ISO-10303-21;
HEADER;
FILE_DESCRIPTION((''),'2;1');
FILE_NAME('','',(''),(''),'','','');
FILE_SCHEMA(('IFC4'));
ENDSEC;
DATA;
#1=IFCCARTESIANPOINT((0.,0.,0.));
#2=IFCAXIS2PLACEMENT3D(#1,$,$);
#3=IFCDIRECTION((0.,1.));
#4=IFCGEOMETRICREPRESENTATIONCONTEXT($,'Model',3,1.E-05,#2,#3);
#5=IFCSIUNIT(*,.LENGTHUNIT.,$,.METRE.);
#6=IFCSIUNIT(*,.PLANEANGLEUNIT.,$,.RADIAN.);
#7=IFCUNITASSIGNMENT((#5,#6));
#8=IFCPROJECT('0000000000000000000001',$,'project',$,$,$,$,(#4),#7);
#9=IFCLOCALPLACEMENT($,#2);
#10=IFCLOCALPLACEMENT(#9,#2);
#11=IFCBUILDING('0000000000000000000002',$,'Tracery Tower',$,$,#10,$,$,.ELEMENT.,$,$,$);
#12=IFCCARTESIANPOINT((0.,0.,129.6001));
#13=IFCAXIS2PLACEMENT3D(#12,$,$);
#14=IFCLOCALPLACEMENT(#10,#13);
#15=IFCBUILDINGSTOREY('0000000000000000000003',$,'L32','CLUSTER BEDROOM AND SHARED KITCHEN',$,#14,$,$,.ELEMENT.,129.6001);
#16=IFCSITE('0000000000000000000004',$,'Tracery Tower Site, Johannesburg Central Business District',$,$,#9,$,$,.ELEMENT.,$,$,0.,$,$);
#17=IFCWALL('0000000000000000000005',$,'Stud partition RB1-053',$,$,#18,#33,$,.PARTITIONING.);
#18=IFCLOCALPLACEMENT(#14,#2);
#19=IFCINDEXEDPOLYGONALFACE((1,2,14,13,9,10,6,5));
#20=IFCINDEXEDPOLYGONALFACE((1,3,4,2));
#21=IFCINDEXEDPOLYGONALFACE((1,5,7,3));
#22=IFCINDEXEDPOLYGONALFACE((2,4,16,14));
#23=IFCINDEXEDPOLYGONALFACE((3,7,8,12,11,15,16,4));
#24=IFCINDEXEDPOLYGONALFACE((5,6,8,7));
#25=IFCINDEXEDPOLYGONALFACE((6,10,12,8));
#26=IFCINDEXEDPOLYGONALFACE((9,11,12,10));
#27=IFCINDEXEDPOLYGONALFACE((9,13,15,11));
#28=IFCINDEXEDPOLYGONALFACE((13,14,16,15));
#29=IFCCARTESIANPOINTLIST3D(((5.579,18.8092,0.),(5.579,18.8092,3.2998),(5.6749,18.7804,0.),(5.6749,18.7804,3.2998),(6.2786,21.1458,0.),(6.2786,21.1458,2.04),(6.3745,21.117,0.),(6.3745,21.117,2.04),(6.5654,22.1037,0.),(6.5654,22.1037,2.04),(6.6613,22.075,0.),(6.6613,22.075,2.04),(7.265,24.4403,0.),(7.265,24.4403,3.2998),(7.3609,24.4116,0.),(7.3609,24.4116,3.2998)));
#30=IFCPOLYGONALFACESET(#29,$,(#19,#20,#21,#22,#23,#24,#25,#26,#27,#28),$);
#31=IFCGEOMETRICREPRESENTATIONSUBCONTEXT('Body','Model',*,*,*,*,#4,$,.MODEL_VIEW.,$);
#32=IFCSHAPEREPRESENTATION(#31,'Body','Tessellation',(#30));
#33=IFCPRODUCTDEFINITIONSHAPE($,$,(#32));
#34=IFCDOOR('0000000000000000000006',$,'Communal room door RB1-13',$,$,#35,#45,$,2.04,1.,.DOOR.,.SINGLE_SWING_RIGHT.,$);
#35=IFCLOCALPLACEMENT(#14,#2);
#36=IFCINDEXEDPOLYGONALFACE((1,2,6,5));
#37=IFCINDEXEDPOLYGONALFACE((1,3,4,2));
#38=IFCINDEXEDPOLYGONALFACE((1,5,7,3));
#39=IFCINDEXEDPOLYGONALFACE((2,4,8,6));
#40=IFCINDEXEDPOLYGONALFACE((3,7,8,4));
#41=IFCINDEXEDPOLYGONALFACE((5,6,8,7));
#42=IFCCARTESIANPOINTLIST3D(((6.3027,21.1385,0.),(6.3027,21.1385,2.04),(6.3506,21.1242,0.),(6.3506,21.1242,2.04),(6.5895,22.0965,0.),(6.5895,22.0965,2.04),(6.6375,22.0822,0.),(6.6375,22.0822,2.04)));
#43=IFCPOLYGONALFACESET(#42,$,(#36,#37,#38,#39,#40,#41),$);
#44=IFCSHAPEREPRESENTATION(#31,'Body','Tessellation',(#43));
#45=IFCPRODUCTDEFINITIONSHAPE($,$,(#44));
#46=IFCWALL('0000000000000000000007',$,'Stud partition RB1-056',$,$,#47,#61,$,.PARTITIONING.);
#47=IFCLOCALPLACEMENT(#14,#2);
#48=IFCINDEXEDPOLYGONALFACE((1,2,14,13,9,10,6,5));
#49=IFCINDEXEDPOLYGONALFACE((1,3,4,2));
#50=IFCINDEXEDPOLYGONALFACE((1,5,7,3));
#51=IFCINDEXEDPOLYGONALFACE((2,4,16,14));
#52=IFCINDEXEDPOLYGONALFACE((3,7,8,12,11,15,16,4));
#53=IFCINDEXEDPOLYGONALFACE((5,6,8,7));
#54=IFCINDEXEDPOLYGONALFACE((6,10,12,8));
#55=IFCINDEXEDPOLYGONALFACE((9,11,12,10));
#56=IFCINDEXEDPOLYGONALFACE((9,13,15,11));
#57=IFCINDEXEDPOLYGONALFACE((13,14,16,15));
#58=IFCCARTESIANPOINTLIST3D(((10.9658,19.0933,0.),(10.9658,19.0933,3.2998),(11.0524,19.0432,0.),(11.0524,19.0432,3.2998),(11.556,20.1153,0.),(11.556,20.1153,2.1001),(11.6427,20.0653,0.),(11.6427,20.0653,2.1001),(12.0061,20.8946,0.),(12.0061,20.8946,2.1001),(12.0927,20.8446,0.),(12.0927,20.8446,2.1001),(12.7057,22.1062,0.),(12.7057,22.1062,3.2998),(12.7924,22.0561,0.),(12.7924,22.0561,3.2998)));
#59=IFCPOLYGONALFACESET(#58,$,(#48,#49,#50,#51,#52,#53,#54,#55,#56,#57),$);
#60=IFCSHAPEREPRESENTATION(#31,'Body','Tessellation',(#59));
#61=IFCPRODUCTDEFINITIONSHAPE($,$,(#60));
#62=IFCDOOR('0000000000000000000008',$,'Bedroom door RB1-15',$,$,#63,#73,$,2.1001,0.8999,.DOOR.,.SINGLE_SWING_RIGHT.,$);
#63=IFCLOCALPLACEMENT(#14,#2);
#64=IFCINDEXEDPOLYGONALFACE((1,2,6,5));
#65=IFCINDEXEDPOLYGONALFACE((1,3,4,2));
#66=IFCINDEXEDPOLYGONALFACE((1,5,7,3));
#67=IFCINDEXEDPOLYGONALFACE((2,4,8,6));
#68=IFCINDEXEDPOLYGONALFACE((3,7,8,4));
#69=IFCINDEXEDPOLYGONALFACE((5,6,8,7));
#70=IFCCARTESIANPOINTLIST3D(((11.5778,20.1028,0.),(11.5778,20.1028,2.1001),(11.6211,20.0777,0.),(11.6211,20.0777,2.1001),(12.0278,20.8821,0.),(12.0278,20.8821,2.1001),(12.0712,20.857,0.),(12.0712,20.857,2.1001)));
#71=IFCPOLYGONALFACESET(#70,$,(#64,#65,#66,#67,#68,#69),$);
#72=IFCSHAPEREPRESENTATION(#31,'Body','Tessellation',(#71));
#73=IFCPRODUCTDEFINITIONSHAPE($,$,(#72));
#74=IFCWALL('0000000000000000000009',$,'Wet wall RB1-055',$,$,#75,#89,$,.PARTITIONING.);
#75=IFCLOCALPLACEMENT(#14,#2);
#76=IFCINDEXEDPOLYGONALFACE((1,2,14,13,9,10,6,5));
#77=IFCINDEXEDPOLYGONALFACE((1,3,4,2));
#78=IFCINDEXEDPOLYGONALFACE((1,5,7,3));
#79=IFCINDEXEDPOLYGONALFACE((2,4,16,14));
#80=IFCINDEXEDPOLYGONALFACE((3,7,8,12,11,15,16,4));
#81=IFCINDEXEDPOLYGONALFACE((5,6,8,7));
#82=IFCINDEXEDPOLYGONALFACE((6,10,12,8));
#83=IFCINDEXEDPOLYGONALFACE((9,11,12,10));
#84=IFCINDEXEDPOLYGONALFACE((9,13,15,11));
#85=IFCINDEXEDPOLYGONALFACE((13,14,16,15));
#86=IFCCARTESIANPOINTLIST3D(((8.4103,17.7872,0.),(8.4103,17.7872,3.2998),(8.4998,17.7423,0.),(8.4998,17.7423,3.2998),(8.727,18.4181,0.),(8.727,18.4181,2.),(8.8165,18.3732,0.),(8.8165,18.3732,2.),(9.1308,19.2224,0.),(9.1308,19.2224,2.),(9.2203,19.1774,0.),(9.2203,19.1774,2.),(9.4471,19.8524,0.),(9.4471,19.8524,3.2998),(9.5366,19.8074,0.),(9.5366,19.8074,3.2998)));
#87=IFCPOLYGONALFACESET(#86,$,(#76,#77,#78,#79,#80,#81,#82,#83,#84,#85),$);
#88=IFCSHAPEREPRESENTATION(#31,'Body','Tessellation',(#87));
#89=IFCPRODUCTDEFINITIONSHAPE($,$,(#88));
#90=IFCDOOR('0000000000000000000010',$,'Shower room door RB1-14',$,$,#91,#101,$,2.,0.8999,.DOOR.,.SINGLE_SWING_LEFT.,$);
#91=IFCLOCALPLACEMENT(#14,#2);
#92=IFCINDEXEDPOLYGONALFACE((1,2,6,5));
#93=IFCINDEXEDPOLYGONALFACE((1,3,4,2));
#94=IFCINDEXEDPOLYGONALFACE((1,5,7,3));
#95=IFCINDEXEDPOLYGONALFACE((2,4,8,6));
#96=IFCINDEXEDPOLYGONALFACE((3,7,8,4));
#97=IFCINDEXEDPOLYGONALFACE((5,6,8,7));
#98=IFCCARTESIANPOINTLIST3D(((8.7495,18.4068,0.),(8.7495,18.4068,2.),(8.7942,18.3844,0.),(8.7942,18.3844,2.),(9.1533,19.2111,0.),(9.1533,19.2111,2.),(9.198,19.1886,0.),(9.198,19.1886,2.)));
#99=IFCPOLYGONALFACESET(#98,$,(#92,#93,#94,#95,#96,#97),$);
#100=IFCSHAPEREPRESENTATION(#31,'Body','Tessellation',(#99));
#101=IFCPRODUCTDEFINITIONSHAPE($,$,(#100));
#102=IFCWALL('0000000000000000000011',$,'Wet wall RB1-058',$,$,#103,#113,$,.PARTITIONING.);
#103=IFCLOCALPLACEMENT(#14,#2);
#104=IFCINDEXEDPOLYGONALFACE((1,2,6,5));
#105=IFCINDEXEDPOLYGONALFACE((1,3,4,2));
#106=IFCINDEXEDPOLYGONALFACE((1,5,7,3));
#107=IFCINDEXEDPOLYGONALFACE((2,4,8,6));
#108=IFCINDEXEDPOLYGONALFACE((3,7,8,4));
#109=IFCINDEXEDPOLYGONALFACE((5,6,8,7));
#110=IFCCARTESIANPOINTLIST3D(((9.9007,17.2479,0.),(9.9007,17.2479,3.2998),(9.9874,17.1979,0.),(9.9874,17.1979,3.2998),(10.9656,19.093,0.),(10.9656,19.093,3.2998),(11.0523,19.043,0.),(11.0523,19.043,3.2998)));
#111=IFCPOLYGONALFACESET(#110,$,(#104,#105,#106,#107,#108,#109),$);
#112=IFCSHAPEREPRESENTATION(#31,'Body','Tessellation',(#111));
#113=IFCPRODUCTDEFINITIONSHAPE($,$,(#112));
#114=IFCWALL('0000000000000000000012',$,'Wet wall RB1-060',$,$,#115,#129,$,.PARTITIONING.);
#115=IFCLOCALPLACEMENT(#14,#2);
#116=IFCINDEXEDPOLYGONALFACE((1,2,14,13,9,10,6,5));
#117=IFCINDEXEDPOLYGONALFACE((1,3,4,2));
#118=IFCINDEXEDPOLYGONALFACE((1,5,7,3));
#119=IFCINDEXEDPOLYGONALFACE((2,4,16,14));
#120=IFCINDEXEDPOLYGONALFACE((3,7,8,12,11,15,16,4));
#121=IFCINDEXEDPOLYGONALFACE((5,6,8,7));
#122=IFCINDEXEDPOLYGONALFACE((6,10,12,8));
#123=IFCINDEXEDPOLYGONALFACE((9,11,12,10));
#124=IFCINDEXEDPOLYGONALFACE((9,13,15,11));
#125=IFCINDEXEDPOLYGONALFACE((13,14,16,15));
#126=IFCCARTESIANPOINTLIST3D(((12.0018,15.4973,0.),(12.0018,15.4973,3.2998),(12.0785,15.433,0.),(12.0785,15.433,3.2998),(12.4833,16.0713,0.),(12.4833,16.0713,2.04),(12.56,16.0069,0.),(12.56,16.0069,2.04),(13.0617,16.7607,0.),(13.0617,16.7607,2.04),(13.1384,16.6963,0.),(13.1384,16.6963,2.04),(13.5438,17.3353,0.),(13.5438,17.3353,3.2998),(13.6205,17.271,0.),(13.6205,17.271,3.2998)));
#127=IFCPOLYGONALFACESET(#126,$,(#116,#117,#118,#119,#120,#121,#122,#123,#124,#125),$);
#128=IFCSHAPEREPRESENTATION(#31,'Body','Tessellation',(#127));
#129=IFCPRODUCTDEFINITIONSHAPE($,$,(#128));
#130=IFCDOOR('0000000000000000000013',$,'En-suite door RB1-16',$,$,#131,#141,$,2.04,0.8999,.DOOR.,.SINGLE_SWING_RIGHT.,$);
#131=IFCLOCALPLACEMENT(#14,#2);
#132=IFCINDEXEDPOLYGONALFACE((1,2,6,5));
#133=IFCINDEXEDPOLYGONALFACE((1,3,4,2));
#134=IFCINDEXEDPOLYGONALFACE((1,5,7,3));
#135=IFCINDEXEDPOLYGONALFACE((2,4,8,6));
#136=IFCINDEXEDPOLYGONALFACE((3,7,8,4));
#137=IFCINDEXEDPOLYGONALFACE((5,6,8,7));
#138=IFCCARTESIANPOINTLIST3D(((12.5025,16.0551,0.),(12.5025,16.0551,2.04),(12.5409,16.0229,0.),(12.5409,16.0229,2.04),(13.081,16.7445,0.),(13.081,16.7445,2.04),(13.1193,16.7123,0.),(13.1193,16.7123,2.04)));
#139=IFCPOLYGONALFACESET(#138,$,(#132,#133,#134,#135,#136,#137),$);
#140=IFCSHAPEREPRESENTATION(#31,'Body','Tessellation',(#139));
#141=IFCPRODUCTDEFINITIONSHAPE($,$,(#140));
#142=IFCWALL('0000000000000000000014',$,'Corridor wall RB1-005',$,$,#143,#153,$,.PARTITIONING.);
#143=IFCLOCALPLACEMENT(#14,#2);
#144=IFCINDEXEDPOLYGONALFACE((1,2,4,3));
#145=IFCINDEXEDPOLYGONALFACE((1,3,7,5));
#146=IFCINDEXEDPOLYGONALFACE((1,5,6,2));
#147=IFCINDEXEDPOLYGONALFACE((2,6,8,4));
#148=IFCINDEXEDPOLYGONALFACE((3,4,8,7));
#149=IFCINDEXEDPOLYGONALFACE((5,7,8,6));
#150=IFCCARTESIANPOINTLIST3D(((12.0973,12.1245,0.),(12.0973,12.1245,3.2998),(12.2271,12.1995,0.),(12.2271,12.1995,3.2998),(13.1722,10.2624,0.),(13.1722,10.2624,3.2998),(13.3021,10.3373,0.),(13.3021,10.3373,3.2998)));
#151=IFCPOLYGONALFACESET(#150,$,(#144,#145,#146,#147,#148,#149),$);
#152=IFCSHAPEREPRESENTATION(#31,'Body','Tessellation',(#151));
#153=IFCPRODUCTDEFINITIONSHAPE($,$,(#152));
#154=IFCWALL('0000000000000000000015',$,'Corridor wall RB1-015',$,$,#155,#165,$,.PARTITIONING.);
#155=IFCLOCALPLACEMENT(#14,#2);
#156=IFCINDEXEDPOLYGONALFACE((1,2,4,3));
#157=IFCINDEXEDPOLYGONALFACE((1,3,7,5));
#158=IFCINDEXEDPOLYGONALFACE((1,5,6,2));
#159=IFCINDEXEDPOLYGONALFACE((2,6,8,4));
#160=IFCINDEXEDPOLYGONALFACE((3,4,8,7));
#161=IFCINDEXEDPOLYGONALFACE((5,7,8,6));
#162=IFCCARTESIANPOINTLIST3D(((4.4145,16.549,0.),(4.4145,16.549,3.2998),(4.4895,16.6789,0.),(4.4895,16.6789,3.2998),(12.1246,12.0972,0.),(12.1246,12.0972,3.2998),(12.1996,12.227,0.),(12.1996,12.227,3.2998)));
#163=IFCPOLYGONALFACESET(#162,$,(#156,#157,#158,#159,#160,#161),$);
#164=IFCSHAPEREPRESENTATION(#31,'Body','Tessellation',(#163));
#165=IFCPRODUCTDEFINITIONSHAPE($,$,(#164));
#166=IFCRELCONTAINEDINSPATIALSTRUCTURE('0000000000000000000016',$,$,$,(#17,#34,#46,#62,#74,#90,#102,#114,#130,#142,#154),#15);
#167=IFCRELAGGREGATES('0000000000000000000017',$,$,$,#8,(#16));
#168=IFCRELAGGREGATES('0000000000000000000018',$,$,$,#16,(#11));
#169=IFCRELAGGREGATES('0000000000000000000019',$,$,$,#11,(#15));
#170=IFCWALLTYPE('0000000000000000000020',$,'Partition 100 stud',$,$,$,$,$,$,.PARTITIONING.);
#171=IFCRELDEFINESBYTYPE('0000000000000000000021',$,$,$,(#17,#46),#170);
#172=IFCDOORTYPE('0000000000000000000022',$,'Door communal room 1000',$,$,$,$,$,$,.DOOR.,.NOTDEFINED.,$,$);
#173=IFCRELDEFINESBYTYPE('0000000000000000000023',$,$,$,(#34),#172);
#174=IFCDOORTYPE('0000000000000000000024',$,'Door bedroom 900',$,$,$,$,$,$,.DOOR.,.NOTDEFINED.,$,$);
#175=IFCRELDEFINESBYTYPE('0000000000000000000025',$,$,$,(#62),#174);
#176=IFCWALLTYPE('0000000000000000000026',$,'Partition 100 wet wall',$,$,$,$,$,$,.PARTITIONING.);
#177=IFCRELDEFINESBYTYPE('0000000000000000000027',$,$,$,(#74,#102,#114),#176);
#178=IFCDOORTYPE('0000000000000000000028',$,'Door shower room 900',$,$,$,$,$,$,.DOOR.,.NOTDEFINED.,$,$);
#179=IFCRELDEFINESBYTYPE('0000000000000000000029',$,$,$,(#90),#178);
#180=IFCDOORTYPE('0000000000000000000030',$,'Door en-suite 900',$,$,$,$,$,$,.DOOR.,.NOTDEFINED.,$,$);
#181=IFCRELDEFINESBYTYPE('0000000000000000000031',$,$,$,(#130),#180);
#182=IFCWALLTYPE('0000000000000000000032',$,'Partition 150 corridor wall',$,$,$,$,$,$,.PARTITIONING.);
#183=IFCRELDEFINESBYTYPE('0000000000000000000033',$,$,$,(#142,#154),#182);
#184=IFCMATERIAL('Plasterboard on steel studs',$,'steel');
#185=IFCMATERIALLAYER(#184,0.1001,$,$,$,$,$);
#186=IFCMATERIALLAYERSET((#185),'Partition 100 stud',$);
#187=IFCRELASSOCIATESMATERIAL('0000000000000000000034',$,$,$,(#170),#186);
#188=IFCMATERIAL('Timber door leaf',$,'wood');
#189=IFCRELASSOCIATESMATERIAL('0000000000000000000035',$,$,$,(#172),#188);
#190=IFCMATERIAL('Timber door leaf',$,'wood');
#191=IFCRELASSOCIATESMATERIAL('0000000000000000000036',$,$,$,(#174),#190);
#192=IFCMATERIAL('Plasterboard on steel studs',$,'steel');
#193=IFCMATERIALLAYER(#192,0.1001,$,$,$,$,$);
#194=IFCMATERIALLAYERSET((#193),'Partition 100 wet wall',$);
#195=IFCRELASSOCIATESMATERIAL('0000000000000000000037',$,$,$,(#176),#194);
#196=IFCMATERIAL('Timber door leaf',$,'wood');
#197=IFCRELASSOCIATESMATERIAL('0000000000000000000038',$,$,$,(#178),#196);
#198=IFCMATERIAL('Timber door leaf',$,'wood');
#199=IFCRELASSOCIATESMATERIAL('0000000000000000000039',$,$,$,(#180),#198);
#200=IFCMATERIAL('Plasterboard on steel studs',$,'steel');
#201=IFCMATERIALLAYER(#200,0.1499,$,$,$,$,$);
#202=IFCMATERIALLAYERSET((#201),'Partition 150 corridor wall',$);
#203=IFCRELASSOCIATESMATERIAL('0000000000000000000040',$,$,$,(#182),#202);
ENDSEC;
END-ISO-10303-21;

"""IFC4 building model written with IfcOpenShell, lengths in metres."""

from ifc_helpers import new_model, si_unit, direction, frame, frame_2d, origin, place, context, subcontext, project, spatial, rectangle, extrude, material, layer, layer_set, type_object, element, fill, save


model = new_model("IFC4")

# Units and contexts
model_context = context("Model", 3, precision=1e-05, world=origin(), true_north=direction((0.0, 1.0)))
body_context = subcontext(model_context, "Body", "Model", "MODEL_VIEW")
ifc_project = project(units=[si_unit("LENGTHUNIT", "METRE"), si_unit("PLANEANGLEUNIT", "RADIAN")], contexts=[model_context])

# Site, building, storey
site_placement = place(None, origin())
site = spatial("IfcSite", under=ifc_project, at=site_placement, Name="Tracery Tower Site, Johannesburg Central Business District", CompositionType="ELEMENT", RefElevation=0.0)
building_placement = place(site_placement, origin())
building = spatial("IfcBuilding", under=site, at=building_placement, Name="Tracery Tower", CompositionType="ELEMENT")
storey_placement = place(building_placement, frame((0.0, 0.0, 129.6001)))
storey = spatial("IfcBuildingStorey", under=building, at=storey_placement, Name="L32", Description="CLUSTER BEDROOM AND SHARED KITCHEN", CompositionType="ELEMENT", Elevation=129.6001)

# Walls, openings, doors
ifc_material_1 = material(Name="Plasterboard on steel studs", Category="steel")
ifc_layer_1 = layer(ifc_material_1, 0.1001)
ifc_layer_set_1 = layer_set([ifc_layer_1], Name="Partition 100 stud")
wall_type_1 = type_object("IfcWallType", Name="Partition 100 stud", PredefinedType="PARTITIONING", material=ifc_layer_set_1)
wall_1_placement = place(storey_placement, frame((5.627, 18.7949, 0.0), z_axis=(0.0, 0.0, 1.0), x_axis=(0.286833, 0.95798, 0.0)))
wall_1 = element("IfcWall", 1, at=wall_1_placement, inside=storey, type_object=wall_type_1, Name="Stud partition RB1-053", PredefinedType="PARTITIONING", context=body_context, shape_type="SweptSolid", body=[
    extrude(rectangle(XDim=5.8782, YDim=0.1001, at=frame_2d((2.939, 0.0))), origin(), (0.0, 0.0, 1.0), 3.2998),
])
opening_1_placement = place(wall_1_placement, frame((2.439, 0.0, 0.0)))
opening_1 = element("IfcOpeningElement", 2, at=opening_1_placement, cuts=wall_1, PredefinedType="OPENING", context=body_context, shape_type="SweptSolid", body=[
    extrude(rectangle(XDim=1.0, YDim=2.04, at=frame_2d((0.5, 1.02))), frame((0.0, 0.05, 0.0), z_axis=(0.0, -1.0, 0.0), x_axis=(1.0, 0.0, 0.0)), (0.0, 0.0, 1.0), 0.1001),
])
ifc_material_2 = material(Name="Timber door leaf", Category="wood")
door_type_1 = type_object("IfcDoorType", Name="Door communal room 1000", OperationType="NOTDEFINED", PredefinedType="DOOR", material=ifc_material_2)
door_1_placement = place(opening_1_placement, origin())
door_1 = element("IfcDoor", 3, at=door_1_placement, inside=storey, type_object=door_type_1, Name="Communal room door RB1-13", OperationType="SINGLE_SWING_RIGHT", OverallHeight=2.04, OverallWidth=1.0, PredefinedType="DOOR", context=body_context, shape_type="SweptSolid", body=[
    extrude(rectangle(XDim=1.0, YDim=2.04, at=frame_2d((0.5, 1.02))), frame((0.0, 0.0249, 0.0), z_axis=(0.0, -1.0, 0.0), x_axis=(1.0, 0.0, 0.0)), (0.0, 0.0, 1.0), 0.05),
])
fill(opening_1, door_1)
wall_2_placement = place(storey_placement, frame((11.009, 19.0681, 0.0), z_axis=(0.0, 0.0, 1.0), x_axis=(0.500101, 0.865967, 0.0)))
wall_2 = element("IfcWall", 4, at=wall_2_placement, inside=storey, type_object=wall_type_1, Name="Stud partition RB1-056", PredefinedType="PARTITIONING", context=body_context, shape_type="SweptSolid", body=[
    extrude(rectangle(XDim=3.4792, YDim=0.1001, at=frame_2d((1.7397, 0.0))), origin(), (0.0, 0.0, 1.0), 3.2998),
])
opening_2_placement = place(wall_2_placement, frame((1.1804, 0.0, 0.0)))
opening_2 = element("IfcOpeningElement", 5, at=opening_2_placement, cuts=wall_2, PredefinedType="OPENING", context=body_context, shape_type="SweptSolid", body=[
    extrude(rectangle(XDim=0.8999, YDim=2.1001, at=frame_2d((0.45, 1.05))), frame((0.0, 0.05, 0.0), z_axis=(0.0, -1.0, 0.0), x_axis=(1.0, 0.0, 0.0)), (0.0, 0.0, 1.0), 0.1001),
])
ifc_material_3 = material(Name="Timber door leaf", Category="wood")
door_type_2 = type_object("IfcDoorType", Name="Door bedroom 900", OperationType="NOTDEFINED", PredefinedType="DOOR", material=ifc_material_3)
door_2_placement = place(opening_2_placement, origin())
door_2 = element("IfcDoor", 6, at=door_2_placement, inside=storey, type_object=door_type_2, Name="Bedroom door RB1-15", OperationType="SINGLE_SWING_RIGHT", OverallHeight=2.1001, OverallWidth=0.8999, PredefinedType="DOOR", context=body_context, shape_type="SweptSolid", body=[
    extrude(rectangle(XDim=0.8999, YDim=2.1001, at=frame_2d((0.45, 1.05))), frame((0.0, 0.0249, 0.0), z_axis=(0.0, -1.0, 0.0), x_axis=(1.0, 0.0, 0.0)), (0.0, 0.0, 1.0), 0.05),
])
fill(opening_2, door_2)
ifc_material_4 = material(Name="Plasterboard on steel studs", Category="steel")
ifc_layer_2 = layer(ifc_material_4, 0.1001)
ifc_layer_set_2 = layer_set([ifc_layer_2], Name="Partition 100 wet wall")
wall_type_2 = type_object("IfcWallType", Name="Partition 100 wet wall", PredefinedType="PARTITIONING", material=ifc_layer_set_2)
wall_3_placement = place(storey_placement, frame((8.4551, 17.7649, 0.0), z_axis=(0.0, 0.0, 1.0), x_axis=(0.448692, 0.893686, 0.0)))
wall_3 = element("IfcWall", 7, at=wall_3_placement, inside=storey, type_object=wall_type_2, Name="Wet wall RB1-055", PredefinedType="PARTITIONING", context=body_context, shape_type="SweptSolid", body=[
    extrude(rectangle(XDim=2.3108, YDim=0.1001, at=frame_2d((1.1553, 0.0))), origin(), (0.0, 0.0, 1.0), 3.2998),
])
opening_3_placement = place(wall_3_placement, frame((0.7058, 0.0, 0.0)))
opening_3 = element("IfcOpeningElement", 8, at=opening_3_placement, cuts=wall_3, PredefinedType="OPENING", context=body_context, shape_type="SweptSolid", body=[
    extrude(rectangle(XDim=0.8999, YDim=2.0, at=frame_2d((0.45, 1.0))), frame((0.0, 0.05, 0.0), z_axis=(0.0, -1.0, 0.0), x_axis=(1.0, 0.0, 0.0)), (0.0, 0.0, 1.0), 0.1001),
])
ifc_material_5 = material(Name="Timber door leaf", Category="wood")
door_type_3 = type_object("IfcDoorType", Name="Door shower room 900", OperationType="NOTDEFINED", PredefinedType="DOOR", material=ifc_material_5)
door_3_placement = place(opening_3_placement, origin())
door_3 = element("IfcDoor", 9, at=door_3_placement, inside=storey, type_object=door_type_3, Name="Shower room door RB1-14", OperationType="SINGLE_SWING_LEFT", OverallHeight=2.0, OverallWidth=0.8999, PredefinedType="DOOR", context=body_context, shape_type="SweptSolid", body=[
    extrude(rectangle(XDim=0.8999, YDim=2.0, at=frame_2d((0.45, 1.0))), frame((0.0, 0.0249, 0.0), z_axis=(0.0, -1.0, 0.0), x_axis=(1.0, 0.0, 0.0)), (0.0, 0.0, 1.0), 0.05),
])
fill(opening_3, door_3)

# Wall
wall_4_placement = place(storey_placement, frame((9.9441, 17.2229, 0.0), z_axis=(0.0, 0.0, 1.0), x_axis=(0.499861, 0.866105, 0.0)))
element("IfcWall", 10, at=wall_4_placement, inside=storey, type_object=wall_type_2, Name="Wet wall RB1-058", PredefinedType="PARTITIONING", context=body_context, shape_type="SweptSolid", body=[
    extrude(rectangle(XDim=2.1304, YDim=0.1001, at=frame_2d((1.0652, 0.0))), origin(), (0.0, 0.0, 1.0), 3.2998),
])

# Wall, opening, door
wall_5_placement = place(storey_placement, frame((12.04, 15.4651, 0.0), z_axis=(0.0, 0.0, 1.0), x_axis=(0.642743, 0.766082, 0.0)))
wall_5 = element("IfcWall", 11, at=wall_5_placement, inside=storey, type_object=wall_type_2, Name="Wet wall RB1-060", PredefinedType="PARTITIONING", context=body_context, shape_type="SweptSolid", body=[
    extrude(rectangle(XDim=2.3992, YDim=0.1001, at=frame_2d((1.1997, 0.0))), origin(), (0.0, 0.0, 1.0), 3.2998),
])
opening_4_placement = place(wall_5_placement, frame((0.7493, 0.0, 0.0)))
opening_4 = element("IfcOpeningElement", 12, at=opening_4_placement, cuts=wall_5, PredefinedType="OPENING", context=body_context, shape_type="SweptSolid", body=[
    extrude(rectangle(XDim=0.8999, YDim=2.04, at=frame_2d((0.45, 1.02))), frame((0.0, 0.05, 0.0), z_axis=(0.0, -1.0, 0.0), x_axis=(1.0, 0.0, 0.0)), (0.0, 0.0, 1.0), 0.1001),
])
ifc_material_6 = material(Name="Timber door leaf", Category="wood")
door_type_4 = type_object("IfcDoorType", Name="Door en-suite 900", OperationType="NOTDEFINED", PredefinedType="DOOR", material=ifc_material_6)
door_4_placement = place(opening_4_placement, origin())
door_4 = element("IfcDoor", 13, at=door_4_placement, inside=storey, type_object=door_type_4, Name="En-suite door RB1-16", OperationType="SINGLE_SWING_RIGHT", OverallHeight=2.04, OverallWidth=0.8999, PredefinedType="DOOR", context=body_context, shape_type="SweptSolid", body=[
    extrude(rectangle(XDim=0.8999, YDim=2.04, at=frame_2d((0.45, 1.02))), frame((0.0, 0.0249, 0.0), z_axis=(0.0, -1.0, 0.0), x_axis=(1.0, 0.0, 0.0)), (0.0, 0.0, 1.0), 0.05),
])
fill(opening_4, door_4)

# Walls
ifc_material_7 = material(Name="Plasterboard on steel studs", Category="steel")
ifc_layer_3 = layer(ifc_material_7, 0.1499)
ifc_layer_set_3 = layer_set([ifc_layer_3], Name="Partition 150 corridor wall")
wall_type_3 = type_object("IfcWallType", Name="Partition 150 corridor wall", PredefinedType="PARTITIONING", material=ifc_layer_set_3)
wall_6_placement = place(storey_placement, frame((12.1621, 12.1621, 0.0), z_axis=(0.0, 0.0, 1.0), x_axis=(0.499962, -0.866048, 0.0)))
element("IfcWall", 14, at=wall_6_placement, inside=storey, type_object=wall_type_3, Name="Corridor wall RB1-005", PredefinedType="PARTITIONING", context=body_context, shape_type="SweptSolid", body=[
    extrude(rectangle(XDim=2.1501, YDim=0.1499, at=frame_2d((1.0752, 0.0))), origin(), (0.0, 0.0, 1.0), 3.2998),
])
wall_7_placement = place(storey_placement, frame((4.4519, 16.614, 0.0), z_axis=(0.0, 0.0, 1.0), x_axis=(0.866005, -0.500035, 0.0)))
element("IfcWall", 15, at=wall_7_placement, inside=storey, type_object=wall_type_3, Name="Corridor wall RB1-015", PredefinedType="PARTITIONING", context=body_context, shape_type="SweptSolid", body=[
    extrude(rectangle(XDim=8.9031, YDim=0.1499, at=frame_2d((4.4517, 0.0))), origin(), (0.0, 0.0, 1.0), 3.2998),
])

save(model, "model.ifc")
